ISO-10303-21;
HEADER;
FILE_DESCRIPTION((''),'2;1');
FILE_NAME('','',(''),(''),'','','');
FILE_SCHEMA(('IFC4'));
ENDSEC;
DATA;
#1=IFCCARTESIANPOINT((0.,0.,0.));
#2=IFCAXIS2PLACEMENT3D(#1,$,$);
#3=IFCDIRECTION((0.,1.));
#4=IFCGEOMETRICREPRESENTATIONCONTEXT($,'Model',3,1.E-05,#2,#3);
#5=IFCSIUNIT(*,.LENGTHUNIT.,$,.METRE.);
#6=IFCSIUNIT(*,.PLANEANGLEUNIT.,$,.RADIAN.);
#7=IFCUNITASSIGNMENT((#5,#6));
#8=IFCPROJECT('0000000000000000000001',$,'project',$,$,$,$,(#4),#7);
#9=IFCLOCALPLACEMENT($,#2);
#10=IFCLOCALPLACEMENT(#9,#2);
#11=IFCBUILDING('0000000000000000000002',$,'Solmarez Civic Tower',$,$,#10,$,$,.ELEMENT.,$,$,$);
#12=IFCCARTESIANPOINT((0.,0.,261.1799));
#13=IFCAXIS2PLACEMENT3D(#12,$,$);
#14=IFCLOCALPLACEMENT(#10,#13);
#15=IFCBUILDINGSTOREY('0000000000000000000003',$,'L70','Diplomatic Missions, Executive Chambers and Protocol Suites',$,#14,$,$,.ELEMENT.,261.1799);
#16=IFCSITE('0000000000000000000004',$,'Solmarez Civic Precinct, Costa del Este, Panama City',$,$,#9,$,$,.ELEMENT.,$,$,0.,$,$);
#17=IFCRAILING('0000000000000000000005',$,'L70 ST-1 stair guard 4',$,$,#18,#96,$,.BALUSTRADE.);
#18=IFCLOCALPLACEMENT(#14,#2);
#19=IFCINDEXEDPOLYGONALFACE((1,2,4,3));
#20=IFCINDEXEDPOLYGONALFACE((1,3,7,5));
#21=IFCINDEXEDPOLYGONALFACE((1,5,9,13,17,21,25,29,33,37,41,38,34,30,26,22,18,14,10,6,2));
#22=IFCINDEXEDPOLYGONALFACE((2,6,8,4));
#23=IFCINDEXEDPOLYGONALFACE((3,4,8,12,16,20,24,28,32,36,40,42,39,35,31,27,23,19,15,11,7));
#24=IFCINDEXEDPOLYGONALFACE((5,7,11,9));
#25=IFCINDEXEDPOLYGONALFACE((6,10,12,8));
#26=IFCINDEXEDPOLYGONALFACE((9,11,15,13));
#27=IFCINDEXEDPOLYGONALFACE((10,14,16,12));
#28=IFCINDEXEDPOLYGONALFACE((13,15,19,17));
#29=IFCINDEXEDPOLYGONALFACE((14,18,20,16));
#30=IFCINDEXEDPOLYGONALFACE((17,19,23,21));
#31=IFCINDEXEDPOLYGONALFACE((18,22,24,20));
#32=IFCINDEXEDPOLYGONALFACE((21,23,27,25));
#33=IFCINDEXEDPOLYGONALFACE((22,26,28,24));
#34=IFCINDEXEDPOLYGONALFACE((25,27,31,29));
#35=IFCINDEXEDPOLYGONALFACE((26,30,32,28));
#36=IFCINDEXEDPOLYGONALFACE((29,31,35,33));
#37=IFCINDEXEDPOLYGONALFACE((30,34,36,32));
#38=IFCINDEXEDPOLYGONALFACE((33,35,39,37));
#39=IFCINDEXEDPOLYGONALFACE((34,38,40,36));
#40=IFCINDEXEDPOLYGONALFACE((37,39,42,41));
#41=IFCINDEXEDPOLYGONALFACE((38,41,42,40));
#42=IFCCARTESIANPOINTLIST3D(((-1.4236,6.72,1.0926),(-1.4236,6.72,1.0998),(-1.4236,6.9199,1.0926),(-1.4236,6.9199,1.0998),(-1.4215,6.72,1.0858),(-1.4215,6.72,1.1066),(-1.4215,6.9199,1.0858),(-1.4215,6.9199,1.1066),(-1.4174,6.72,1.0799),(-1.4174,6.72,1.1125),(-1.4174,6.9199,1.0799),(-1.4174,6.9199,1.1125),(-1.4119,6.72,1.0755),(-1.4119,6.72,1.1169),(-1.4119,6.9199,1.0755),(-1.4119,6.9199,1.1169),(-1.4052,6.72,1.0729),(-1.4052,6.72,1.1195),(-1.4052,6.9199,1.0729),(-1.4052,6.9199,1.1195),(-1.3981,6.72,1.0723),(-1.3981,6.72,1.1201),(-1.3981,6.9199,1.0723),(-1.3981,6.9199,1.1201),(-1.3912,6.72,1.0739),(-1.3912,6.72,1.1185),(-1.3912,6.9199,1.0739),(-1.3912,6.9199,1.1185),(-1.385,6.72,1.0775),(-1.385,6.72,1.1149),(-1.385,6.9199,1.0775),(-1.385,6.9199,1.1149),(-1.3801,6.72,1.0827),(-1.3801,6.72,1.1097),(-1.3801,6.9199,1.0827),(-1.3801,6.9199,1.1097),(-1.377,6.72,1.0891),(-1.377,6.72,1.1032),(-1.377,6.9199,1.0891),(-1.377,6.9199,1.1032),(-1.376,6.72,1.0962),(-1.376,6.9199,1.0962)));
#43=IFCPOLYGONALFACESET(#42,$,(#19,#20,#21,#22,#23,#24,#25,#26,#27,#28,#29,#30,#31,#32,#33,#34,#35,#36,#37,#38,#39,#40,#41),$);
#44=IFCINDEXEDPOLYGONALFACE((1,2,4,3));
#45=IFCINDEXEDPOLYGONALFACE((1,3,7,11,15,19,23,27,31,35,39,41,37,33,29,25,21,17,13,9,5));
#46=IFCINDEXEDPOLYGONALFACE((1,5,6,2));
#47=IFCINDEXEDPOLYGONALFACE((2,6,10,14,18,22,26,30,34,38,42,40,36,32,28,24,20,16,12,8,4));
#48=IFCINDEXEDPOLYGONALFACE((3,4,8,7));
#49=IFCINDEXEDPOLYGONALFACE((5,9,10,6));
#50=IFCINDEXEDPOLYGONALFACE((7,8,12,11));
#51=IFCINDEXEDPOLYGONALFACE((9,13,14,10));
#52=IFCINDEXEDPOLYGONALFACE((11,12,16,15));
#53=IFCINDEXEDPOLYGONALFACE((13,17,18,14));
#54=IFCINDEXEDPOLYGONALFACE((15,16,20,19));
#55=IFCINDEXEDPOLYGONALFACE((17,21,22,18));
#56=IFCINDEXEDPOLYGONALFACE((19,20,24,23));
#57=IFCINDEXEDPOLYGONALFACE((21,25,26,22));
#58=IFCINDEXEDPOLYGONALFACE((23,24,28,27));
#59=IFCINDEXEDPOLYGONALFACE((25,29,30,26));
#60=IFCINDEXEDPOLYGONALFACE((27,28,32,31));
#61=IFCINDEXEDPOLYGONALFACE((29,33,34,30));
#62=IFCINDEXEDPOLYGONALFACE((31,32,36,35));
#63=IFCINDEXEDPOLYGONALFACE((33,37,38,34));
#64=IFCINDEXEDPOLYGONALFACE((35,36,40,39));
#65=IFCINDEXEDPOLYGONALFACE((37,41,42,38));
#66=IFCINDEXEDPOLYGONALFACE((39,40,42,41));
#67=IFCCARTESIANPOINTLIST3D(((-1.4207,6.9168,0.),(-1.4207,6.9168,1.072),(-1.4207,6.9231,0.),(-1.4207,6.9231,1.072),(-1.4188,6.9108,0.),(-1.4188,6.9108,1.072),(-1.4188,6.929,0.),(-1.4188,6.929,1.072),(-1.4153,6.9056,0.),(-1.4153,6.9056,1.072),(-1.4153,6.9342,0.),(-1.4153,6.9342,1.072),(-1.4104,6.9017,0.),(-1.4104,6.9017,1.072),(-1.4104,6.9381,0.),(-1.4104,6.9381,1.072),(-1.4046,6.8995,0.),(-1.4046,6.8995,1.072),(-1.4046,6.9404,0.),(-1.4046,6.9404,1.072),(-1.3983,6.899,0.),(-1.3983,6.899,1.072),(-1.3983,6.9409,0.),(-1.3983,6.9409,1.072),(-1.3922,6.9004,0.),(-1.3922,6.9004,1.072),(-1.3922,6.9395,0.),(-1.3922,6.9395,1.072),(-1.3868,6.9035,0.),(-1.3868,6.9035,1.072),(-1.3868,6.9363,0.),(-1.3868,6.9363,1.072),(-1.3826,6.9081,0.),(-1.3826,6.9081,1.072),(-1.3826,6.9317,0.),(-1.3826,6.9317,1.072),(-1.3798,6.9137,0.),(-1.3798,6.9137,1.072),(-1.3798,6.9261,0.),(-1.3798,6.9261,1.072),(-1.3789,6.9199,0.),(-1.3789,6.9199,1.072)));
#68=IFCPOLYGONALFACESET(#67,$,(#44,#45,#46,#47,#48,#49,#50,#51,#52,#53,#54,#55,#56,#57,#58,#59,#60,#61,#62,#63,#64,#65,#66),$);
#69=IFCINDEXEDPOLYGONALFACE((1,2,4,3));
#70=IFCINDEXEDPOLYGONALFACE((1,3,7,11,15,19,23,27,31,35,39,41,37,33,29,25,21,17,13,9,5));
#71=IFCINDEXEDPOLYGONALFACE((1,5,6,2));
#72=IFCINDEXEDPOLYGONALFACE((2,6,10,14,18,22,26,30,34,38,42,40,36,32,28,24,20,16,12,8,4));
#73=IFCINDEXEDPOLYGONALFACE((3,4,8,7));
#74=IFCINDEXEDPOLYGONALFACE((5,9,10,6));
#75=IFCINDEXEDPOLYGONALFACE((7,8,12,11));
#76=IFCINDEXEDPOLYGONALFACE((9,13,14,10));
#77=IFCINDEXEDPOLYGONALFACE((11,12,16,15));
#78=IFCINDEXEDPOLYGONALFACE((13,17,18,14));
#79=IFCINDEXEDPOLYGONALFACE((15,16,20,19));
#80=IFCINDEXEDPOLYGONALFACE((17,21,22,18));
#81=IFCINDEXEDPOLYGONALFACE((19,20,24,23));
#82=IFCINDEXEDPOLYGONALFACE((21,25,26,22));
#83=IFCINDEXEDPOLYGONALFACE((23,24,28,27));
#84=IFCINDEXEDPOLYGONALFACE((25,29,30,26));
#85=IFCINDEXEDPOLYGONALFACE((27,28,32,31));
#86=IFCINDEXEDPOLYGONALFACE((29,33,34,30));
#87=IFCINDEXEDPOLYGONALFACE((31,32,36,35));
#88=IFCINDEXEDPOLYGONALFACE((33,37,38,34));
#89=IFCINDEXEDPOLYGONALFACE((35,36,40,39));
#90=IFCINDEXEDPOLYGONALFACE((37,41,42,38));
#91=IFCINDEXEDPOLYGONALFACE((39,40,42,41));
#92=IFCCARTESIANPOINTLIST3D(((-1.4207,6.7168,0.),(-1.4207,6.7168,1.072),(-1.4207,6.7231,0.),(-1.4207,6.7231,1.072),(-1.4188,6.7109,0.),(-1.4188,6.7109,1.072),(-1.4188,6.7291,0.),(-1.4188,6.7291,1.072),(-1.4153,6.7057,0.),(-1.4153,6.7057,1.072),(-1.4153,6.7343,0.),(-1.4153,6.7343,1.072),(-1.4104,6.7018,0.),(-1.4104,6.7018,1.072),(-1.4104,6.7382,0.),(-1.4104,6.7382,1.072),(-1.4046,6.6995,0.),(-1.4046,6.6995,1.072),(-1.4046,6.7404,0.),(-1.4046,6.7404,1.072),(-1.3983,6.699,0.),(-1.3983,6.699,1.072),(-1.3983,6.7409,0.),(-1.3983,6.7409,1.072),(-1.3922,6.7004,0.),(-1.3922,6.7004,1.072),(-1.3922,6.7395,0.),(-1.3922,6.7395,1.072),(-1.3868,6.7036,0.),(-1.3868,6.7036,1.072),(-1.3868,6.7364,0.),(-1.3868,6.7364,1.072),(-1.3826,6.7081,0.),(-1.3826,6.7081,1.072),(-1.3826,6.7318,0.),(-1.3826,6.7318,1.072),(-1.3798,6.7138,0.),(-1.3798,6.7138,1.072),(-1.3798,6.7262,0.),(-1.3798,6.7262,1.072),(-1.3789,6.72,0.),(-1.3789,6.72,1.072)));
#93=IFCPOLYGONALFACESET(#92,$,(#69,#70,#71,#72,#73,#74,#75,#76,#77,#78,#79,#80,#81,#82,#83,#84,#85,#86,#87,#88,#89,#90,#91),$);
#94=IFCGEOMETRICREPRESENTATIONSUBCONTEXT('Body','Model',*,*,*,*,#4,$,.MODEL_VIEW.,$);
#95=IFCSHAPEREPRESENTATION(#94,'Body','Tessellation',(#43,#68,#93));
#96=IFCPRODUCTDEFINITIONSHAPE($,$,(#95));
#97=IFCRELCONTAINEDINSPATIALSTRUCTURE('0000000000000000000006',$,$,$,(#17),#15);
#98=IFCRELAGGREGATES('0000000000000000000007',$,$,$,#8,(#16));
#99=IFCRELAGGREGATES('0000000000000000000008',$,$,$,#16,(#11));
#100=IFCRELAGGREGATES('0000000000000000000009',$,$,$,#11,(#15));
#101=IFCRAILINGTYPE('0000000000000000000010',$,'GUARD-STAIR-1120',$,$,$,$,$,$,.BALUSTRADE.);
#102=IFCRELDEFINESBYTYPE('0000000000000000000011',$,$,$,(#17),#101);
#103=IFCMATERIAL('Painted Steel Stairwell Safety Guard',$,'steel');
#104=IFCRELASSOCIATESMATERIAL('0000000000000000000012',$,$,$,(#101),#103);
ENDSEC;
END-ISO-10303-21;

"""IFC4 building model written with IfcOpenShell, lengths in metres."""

from ifc_helpers import new_model, si_unit, direction, frame, origin, origin_2d, place, context, subcontext, project, spatial, circle, extrude, material, type_object, element, save


model = new_model("IFC4")

# Units and contexts
model_context = context("Model", 3, precision=1e-05, world=origin(), true_north=direction((0.0, 1.0)))
body_context = subcontext(model_context, "Body", "Model", "MODEL_VIEW")
ifc_project = project(units=[si_unit("LENGTHUNIT", "METRE"), si_unit("PLANEANGLEUNIT", "RADIAN")], contexts=[model_context])

# Site, building, storey
site_placement = place(None, origin())
site = spatial("IfcSite", under=ifc_project, at=site_placement, Name="Solmarez Civic Precinct, Costa del Este, Panama City", CompositionType="ELEMENT", RefElevation=0.0)
building_placement = place(site_placement, origin())
building = spatial("IfcBuilding", under=site, at=building_placement, Name="Solmarez Civic Tower", CompositionType="ELEMENT")
storey_placement = place(building_placement, frame((0.0, 0.0, 261.1799)))
storey = spatial("IfcBuildingStorey", under=building, at=storey_placement, Name="L70", Description="Diplomatic Missions, Executive Chambers and Protocol Suites", CompositionType="ELEMENT", Elevation=261.1799)

# Railing
ifc_material_1 = material(Name="Painted Steel Stairwell Safety Guard", Category="steel")
railing_type_1 = type_object("IfcRailingType", Name="GUARD-STAIR-1120", PredefinedType="BALUSTRADE", material=ifc_material_1)
railing_1_placement = place(storey_placement, frame((-1.3999, 6.9199, 0.0)))
element("IfcRailing", 1, at=railing_1_placement, inside=storey, type_object=railing_type_1, Name="L70 ST-1 stair guard 4", PredefinedType="BALUSTRADE", context=body_context, shape_type="SweptSolid", body=[
    extrude(circle(Radius=0.0239, at=origin_2d()), frame((0.0, 0.0, 1.0962), z_axis=(0.0, -1.0, 0.0), x_axis=(1.0, 0.0, 0.0)), (0.0, 0.0, 1.0), 0.2),
    extrude(circle(Radius=0.021, at=origin_2d()), origin(), (0.0, 0.0, 1.0), 1.072),
    extrude(circle(Radius=0.021, at=origin_2d()), frame((0.0, -0.2, 0.0)), (0.0, 0.0, 1.0), 1.072),
])

save(model, "model.ifc")
